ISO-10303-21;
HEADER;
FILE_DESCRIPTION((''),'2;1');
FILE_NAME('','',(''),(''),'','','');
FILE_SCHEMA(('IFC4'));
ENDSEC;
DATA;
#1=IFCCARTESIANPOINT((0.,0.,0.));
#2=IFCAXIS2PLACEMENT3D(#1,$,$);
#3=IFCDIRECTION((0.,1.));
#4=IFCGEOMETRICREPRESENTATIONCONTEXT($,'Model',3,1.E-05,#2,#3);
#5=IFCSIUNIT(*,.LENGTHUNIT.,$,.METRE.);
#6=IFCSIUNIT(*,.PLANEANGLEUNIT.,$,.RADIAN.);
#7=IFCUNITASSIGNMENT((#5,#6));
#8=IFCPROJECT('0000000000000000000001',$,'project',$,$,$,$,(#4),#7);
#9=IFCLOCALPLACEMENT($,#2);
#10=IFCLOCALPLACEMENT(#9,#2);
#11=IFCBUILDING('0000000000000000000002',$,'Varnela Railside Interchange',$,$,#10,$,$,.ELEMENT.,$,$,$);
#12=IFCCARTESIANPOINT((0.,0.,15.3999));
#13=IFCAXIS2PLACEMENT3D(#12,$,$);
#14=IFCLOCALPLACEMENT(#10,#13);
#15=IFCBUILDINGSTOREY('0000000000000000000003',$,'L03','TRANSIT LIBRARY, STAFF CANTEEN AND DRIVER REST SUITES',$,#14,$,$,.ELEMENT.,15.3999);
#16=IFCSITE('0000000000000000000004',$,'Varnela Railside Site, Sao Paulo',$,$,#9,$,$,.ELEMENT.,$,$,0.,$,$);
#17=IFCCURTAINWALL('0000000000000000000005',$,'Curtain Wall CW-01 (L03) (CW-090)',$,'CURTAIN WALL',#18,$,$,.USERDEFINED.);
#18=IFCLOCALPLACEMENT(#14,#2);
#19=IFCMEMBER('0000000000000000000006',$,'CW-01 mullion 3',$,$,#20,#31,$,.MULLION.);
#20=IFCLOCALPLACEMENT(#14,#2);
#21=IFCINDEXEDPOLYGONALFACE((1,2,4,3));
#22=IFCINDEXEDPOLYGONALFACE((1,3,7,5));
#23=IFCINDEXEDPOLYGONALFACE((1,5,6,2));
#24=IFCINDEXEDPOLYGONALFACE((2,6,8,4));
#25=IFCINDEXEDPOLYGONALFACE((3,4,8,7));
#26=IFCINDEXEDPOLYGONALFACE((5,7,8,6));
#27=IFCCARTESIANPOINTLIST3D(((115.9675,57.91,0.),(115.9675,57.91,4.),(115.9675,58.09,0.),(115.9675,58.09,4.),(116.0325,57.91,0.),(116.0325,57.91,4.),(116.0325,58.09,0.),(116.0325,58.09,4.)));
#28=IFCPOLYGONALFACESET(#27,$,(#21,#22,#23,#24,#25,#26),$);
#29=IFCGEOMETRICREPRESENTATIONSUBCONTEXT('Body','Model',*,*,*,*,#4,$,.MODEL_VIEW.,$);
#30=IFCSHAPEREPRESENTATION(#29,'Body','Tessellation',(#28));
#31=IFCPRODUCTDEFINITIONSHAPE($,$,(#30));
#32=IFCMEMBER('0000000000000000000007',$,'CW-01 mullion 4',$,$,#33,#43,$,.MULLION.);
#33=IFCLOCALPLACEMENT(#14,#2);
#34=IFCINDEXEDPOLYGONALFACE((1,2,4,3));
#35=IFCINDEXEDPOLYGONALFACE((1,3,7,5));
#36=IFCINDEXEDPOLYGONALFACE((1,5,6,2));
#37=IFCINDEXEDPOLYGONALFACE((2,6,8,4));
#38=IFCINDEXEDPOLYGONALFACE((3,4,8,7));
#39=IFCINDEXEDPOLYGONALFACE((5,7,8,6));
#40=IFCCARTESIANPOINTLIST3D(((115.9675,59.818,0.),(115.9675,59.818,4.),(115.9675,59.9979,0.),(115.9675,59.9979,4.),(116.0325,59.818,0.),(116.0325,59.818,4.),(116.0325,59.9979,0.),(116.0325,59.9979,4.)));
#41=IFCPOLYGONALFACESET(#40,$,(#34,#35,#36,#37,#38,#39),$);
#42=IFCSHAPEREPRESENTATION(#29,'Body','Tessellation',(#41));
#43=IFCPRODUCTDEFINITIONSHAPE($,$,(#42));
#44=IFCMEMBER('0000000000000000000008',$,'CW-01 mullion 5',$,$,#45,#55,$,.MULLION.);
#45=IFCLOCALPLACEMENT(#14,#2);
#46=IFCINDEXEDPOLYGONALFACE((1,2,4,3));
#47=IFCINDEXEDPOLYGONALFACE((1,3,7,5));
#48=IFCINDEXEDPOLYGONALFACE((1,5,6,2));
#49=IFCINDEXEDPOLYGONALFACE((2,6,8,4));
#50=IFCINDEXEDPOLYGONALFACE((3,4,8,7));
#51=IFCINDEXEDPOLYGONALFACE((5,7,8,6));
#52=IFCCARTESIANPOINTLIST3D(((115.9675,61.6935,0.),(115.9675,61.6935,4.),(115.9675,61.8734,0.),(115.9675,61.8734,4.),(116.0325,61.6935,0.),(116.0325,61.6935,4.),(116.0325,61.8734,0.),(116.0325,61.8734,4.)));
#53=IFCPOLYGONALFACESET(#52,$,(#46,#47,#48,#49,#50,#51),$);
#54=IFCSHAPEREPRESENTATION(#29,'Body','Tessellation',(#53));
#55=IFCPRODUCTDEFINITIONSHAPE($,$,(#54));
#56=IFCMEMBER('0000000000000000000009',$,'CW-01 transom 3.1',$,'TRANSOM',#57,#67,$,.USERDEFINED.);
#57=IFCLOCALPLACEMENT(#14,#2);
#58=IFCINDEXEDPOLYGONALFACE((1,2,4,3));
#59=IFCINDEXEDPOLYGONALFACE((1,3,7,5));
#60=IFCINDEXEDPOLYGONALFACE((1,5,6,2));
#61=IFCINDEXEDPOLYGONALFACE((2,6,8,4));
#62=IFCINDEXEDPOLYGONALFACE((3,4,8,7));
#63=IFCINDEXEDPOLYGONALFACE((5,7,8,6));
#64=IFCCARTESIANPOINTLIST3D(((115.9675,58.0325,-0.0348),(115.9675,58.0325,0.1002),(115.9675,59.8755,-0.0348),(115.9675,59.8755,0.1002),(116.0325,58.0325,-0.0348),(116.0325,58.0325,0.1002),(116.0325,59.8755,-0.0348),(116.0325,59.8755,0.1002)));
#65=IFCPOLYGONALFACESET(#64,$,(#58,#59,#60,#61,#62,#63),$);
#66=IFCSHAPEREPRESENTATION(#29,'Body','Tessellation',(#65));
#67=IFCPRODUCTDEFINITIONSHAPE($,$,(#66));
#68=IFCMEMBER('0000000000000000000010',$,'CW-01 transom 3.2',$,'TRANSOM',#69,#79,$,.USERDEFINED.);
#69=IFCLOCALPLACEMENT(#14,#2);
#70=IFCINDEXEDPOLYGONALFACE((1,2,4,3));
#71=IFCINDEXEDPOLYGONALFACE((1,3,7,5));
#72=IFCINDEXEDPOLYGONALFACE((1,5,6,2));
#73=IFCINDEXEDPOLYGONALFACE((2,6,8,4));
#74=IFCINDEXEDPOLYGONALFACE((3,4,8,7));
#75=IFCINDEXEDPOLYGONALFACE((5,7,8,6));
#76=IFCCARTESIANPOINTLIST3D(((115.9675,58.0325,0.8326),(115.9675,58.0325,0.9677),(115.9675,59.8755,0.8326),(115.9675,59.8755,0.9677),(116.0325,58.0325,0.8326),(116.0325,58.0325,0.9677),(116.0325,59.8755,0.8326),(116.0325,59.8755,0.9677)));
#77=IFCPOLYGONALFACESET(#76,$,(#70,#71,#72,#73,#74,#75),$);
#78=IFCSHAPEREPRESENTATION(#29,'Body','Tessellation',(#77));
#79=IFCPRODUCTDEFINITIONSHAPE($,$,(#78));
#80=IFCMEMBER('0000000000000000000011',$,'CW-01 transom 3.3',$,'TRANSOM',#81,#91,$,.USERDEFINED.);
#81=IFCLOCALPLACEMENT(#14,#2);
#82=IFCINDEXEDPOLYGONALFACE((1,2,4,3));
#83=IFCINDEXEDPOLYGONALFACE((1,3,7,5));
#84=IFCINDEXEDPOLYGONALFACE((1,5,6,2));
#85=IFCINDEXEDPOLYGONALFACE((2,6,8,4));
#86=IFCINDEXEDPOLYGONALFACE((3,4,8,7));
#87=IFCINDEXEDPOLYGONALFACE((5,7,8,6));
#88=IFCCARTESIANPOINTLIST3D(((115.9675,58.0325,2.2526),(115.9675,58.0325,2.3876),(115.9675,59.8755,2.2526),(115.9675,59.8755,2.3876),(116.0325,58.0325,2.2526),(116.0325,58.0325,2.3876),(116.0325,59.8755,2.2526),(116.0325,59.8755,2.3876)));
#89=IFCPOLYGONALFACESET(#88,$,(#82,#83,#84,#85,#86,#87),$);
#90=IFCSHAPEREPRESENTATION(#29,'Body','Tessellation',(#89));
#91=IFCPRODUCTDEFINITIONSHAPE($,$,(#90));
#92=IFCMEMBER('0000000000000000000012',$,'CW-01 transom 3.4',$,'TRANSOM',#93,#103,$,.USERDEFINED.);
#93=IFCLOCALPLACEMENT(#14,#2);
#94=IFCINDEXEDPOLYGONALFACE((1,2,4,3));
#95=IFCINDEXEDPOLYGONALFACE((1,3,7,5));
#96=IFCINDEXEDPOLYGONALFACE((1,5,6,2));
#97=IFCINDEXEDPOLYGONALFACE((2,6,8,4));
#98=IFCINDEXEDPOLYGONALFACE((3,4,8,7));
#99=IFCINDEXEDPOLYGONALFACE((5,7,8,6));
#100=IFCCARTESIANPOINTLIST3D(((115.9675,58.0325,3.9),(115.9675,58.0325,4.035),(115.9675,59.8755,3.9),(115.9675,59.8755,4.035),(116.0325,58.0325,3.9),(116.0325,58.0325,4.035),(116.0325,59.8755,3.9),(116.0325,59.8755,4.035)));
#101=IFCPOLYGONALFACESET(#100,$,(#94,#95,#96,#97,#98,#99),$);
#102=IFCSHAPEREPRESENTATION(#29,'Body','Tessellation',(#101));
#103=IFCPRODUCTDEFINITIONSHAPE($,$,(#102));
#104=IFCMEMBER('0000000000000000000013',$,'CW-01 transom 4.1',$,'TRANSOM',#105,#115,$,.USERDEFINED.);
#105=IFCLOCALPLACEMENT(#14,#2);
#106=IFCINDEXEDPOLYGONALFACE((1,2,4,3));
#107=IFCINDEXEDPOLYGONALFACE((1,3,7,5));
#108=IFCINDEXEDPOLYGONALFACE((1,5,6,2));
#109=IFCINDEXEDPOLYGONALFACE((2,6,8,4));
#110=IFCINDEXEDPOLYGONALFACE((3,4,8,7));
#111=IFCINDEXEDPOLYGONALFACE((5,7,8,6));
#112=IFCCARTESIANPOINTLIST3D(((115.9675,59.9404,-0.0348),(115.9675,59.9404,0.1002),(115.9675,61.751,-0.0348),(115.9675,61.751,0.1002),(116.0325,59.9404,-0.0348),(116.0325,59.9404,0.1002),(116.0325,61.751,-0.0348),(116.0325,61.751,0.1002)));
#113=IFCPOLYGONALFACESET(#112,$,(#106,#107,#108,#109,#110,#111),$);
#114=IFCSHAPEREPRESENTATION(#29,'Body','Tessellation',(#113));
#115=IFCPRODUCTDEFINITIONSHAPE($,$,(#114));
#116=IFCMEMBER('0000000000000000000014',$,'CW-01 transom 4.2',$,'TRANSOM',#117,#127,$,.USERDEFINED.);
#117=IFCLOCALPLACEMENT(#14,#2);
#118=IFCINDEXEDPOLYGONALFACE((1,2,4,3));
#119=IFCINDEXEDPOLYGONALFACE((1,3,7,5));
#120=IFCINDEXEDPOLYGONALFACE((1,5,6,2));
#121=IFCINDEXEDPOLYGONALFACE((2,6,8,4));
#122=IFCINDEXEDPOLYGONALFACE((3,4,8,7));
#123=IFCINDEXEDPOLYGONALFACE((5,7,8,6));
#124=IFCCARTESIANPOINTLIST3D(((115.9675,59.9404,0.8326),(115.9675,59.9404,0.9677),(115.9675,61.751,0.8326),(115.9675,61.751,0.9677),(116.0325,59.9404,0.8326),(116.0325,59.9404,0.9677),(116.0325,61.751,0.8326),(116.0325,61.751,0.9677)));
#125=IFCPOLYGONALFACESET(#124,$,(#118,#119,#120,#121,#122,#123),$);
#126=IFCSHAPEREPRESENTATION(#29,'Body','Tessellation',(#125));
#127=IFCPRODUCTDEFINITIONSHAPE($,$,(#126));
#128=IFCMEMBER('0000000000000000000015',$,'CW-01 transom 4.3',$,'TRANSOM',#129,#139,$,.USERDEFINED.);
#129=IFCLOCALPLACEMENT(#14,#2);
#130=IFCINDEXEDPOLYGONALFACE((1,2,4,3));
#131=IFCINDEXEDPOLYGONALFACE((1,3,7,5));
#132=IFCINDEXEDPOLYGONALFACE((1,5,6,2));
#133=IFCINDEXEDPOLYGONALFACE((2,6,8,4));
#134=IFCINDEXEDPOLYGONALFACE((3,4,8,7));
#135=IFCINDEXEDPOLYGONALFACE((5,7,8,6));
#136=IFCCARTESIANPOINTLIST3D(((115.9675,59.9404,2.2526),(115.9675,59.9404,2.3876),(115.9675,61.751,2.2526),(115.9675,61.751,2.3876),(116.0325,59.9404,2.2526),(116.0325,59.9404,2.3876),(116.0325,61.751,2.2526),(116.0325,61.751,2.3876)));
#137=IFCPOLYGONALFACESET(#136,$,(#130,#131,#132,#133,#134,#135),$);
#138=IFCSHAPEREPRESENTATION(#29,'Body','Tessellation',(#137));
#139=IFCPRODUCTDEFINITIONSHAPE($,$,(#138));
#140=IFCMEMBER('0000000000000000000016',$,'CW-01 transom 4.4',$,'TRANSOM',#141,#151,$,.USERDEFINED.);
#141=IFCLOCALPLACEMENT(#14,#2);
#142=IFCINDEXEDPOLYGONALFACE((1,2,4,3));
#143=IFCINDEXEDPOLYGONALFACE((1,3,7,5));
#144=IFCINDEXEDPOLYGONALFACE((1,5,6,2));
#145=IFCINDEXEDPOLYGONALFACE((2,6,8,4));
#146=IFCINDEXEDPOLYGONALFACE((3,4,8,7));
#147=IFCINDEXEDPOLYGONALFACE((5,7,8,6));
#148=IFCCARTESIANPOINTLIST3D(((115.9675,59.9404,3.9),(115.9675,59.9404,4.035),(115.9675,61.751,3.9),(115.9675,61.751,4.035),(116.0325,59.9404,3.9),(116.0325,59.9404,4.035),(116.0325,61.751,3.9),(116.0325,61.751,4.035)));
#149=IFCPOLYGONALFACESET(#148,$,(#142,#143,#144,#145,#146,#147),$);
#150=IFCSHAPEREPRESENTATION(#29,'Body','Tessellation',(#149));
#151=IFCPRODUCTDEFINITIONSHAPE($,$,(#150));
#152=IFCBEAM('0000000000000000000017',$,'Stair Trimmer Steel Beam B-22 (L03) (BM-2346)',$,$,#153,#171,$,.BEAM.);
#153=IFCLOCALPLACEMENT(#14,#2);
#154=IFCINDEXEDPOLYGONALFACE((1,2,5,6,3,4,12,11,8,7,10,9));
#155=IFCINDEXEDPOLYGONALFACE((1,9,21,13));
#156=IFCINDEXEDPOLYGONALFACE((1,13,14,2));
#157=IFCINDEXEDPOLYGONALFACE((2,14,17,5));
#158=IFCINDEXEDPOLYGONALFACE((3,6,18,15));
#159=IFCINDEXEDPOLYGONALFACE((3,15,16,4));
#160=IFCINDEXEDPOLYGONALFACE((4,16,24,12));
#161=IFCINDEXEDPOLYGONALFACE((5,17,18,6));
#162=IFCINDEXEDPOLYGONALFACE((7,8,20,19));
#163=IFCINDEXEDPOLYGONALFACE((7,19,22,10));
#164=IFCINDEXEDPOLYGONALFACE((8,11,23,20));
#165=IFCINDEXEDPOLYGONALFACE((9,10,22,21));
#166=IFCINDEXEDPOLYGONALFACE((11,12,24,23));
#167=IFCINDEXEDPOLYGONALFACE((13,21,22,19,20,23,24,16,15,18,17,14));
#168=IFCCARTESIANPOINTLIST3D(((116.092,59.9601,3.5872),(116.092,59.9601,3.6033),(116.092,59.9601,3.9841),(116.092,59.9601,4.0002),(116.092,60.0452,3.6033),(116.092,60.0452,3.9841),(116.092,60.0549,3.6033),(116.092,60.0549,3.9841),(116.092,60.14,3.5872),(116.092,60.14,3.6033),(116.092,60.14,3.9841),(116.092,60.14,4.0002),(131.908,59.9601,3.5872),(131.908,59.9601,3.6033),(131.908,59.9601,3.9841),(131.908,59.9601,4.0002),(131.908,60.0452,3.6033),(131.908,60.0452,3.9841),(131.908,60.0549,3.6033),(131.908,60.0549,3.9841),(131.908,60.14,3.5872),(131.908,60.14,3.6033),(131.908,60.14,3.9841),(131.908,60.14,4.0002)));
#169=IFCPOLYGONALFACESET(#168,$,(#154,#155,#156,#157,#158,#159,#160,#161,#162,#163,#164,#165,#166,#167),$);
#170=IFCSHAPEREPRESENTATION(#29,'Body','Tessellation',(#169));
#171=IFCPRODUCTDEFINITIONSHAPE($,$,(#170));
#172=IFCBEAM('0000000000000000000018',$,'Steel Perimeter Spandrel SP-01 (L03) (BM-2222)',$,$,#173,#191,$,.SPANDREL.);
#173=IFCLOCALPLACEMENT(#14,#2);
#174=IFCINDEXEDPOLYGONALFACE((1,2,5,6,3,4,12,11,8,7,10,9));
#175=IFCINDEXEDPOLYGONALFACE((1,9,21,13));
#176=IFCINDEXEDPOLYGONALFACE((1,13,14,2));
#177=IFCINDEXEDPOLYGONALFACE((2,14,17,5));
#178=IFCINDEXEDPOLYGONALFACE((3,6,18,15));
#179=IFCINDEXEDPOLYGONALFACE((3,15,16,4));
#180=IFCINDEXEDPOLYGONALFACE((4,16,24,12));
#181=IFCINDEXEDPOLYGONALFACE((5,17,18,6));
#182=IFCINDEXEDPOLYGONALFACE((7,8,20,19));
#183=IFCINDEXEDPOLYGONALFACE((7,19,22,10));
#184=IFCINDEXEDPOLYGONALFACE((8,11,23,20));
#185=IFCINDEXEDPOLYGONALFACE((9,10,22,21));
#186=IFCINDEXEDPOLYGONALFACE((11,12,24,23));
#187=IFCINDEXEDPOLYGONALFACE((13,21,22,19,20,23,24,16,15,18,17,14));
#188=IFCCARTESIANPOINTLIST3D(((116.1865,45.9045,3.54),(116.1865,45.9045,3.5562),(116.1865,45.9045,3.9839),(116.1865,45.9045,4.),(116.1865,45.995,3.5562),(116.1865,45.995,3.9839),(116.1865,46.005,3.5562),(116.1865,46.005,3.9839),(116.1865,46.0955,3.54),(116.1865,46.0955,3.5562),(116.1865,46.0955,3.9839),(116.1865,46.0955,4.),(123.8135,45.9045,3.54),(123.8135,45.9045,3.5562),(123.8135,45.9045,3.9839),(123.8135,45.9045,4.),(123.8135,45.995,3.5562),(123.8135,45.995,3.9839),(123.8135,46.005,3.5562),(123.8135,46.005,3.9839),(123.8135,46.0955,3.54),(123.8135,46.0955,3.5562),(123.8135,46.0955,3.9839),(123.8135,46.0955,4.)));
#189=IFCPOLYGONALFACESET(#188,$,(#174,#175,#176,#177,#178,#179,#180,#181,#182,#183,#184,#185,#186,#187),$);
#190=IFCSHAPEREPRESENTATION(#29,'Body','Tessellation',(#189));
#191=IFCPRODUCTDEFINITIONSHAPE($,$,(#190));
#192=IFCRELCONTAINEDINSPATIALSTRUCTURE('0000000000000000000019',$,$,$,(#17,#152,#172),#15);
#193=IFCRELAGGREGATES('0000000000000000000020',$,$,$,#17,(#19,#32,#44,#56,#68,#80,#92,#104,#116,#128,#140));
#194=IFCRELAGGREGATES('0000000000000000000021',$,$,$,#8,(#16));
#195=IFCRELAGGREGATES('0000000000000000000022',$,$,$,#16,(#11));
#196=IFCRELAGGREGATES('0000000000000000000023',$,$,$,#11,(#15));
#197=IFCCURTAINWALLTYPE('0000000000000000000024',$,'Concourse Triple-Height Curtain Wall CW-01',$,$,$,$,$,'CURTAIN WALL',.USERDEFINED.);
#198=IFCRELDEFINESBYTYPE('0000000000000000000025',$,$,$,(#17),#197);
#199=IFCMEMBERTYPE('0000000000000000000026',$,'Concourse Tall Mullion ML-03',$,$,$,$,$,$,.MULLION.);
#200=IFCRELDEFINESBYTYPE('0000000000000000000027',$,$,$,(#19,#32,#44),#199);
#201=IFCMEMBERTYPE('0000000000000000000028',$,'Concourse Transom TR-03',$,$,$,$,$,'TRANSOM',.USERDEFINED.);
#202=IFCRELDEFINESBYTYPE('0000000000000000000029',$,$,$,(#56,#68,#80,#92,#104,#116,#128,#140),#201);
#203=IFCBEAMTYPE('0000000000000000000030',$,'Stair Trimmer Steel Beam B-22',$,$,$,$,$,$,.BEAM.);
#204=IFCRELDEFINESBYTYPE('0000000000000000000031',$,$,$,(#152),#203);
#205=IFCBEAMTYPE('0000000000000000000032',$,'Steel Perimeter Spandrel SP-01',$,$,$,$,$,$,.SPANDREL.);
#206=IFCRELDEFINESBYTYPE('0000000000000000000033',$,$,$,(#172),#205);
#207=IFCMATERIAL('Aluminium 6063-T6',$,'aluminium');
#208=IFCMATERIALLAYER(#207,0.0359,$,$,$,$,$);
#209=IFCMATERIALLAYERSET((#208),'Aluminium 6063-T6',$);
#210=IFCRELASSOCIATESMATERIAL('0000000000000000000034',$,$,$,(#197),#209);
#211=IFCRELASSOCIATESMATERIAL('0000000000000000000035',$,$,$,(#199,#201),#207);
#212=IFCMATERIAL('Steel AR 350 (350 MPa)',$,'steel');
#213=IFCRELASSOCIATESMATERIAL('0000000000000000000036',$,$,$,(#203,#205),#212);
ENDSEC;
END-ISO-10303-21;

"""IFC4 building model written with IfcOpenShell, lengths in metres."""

from ifc_helpers import new_model, si_unit, direction, frame, origin, origin_2d, place, context, subcontext, project, spatial, rectangle, i_section, extrude, material, layer, layer_set, material_profile, profile_set, type_object, element, aggregate, save


model = new_model("IFC4")

# Units and contexts
model_context = context("Model", 3, precision=1e-05, world=origin(), true_north=direction((0.0, 1.0)))
body_context = subcontext(model_context, "Body", "Model", "MODEL_VIEW")
ifc_project = project(units=[si_unit("LENGTHUNIT", "METRE"), si_unit("PLANEANGLEUNIT", "RADIAN")], contexts=[model_context])

# Site, building, storey
site_placement = place(None, origin())
site = spatial("IfcSite", under=ifc_project, at=site_placement, Name="Varnela Railside Site, Sao Paulo", CompositionType="ELEMENT", RefElevation=0.0)
building_placement = place(site_placement, origin())
building = spatial("IfcBuilding", under=site, at=building_placement, Name="Varnela Railside Interchange", CompositionType="ELEMENT")
storey_placement = place(building_placement, frame((0.0, 0.0, 15.3999)))
storey = spatial("IfcBuildingStorey", under=building, at=storey_placement, Name="L03", Description="TRANSIT LIBRARY, STAFF CANTEEN AND DRIVER REST SUITES", CompositionType="ELEMENT", Elevation=15.3999)

# Curtain wall, members
ifc_material_1 = material(Name="Aluminium 6063-T6", Category="aluminium")
ifc_layer_1 = layer(ifc_material_1, 0.0359)
ifc_layer_set_1 = layer_set([ifc_layer_1], Name="Aluminium 6063-T6")
curtain_wall_type = type_object("IfcCurtainWallType", Name="Concourse Triple-Height Curtain Wall CW-01", ElementType="CURTAIN WALL", PredefinedType="USERDEFINED", material=ifc_layer_set_1)
curtain_wall_placement = place(storey_placement, origin())
curtain_wall = element("IfcCurtainWall", 1, at=curtain_wall_placement, inside=storey, type_object=curtain_wall_type, Name="Curtain Wall CW-01 (L03) (CW-090)", ObjectType="CURTAIN WALL", PredefinedType="USERDEFINED")
ifc_material_profile_1 = material_profile(ifc_material_1, rectangle(XDim=0.0649, YDim=0.1799, at=origin_2d()), Name="ALU 65x180")
ifc_profile_set_1 = profile_set([ifc_material_profile_1], Name="Aluminium 6063-T6")
member_type_1 = type_object("IfcMemberType", Name="Concourse Tall Mullion ML-03", PredefinedType="MULLION", material=ifc_profile_set_1)
member_1_placement = place(storey_placement, frame((116.0, 58.0, 0.0), z_axis=(0.0, 0.0, 1.0), x_axis=(-1.0, 0.0, 0.0)))
member_1 = element("IfcMember", 2, at=member_1_placement, type_object=member_type_1, Name="CW-01 mullion 3", PredefinedType="MULLION", context=body_context, shape_type="SweptSolid", body=[
    extrude(rectangle(XDim=0.0649, YDim=0.1799, at=origin_2d()), origin(), (0.0, 0.0, 1.0), 4.0),
])
member_2_placement = place(storey_placement, frame((116.0, 59.908, 0.0), z_axis=(0.0, 0.0, 1.0), x_axis=(-1.0, 0.0, 0.0)))
member_2 = element("IfcMember", 3, at=member_2_placement, type_object=member_type_1, Name="CW-01 mullion 4", PredefinedType="MULLION", context=body_context, shape_type="SweptSolid", body=[
    extrude(rectangle(XDim=0.0649, YDim=0.1799, at=origin_2d()), origin(), (0.0, 0.0, 1.0), 4.0),
])
member_3_placement = place(storey_placement, frame((116.0, 61.7834, 0.0), z_axis=(0.0, 0.0, 1.0), x_axis=(-1.0, 0.0, 0.0)))
member_3 = element("IfcMember", 4, at=member_3_placement, type_object=member_type_1, Name="CW-01 mullion 5", PredefinedType="MULLION", context=body_context, shape_type="SweptSolid", body=[
    extrude(rectangle(XDim=0.0649, YDim=0.1799, at=origin_2d()), origin(), (0.0, 0.0, 1.0), 4.0),
])
ifc_material_profile_2 = material_profile(ifc_material_1, rectangle(XDim=0.0649, YDim=0.135, at=origin_2d()), Name="ALU 65x135")
ifc_profile_set_2 = profile_set([ifc_material_profile_2], Name="Aluminium 6063-T6")
member_type_2 = type_object("IfcMemberType", Name="Concourse Transom TR-03", ElementType="TRANSOM", PredefinedType="USERDEFINED", material=ifc_profile_set_2)
member_4_placement = place(storey_placement, frame((116.0, 58.0325, 0.0327), z_axis=(0.0, 1.0, 0.0), x_axis=(-1.0, 0.0, 0.0)))
member_4 = element("IfcMember", 5, at=member_4_placement, type_object=member_type_2, Name="CW-01 transom 3.1", ObjectType="TRANSOM", PredefinedType="USERDEFINED", context=body_context, shape_type="SweptSolid", body=[
    extrude(rectangle(XDim=0.0649, YDim=0.135, at=origin_2d()), origin(), (0.0, 0.0, 1.0), 1.843),
])
member_5_placement = place(storey_placement, frame((116.0, 58.0325, 0.9001), z_axis=(0.0, 1.0, 0.0), x_axis=(-1.0, 0.0, 0.0)))
member_5 = element("IfcMember", 6, at=member_5_placement, type_object=member_type_2, Name="CW-01 transom 3.2", ObjectType="TRANSOM", PredefinedType="USERDEFINED", context=body_context, shape_type="SweptSolid", body=[
    extrude(rectangle(XDim=0.0649, YDim=0.135, at=origin_2d()), origin(), (0.0, 0.0, 1.0), 1.843),
])
member_6_placement = place(storey_placement, frame((116.0, 58.0325, 2.3201), z_axis=(0.0, 1.0, 0.0), x_axis=(-1.0, 0.0, 0.0)))
member_6 = element("IfcMember", 7, at=member_6_placement, type_object=member_type_2, Name="CW-01 transom 3.3", ObjectType="TRANSOM", PredefinedType="USERDEFINED", context=body_context, shape_type="SweptSolid", body=[
    extrude(rectangle(XDim=0.0649, YDim=0.135, at=origin_2d()), origin(), (0.0, 0.0, 1.0), 1.843),
])
member_7_placement = place(storey_placement, frame((116.0, 58.0325, 3.9675), z_axis=(0.0, 1.0, 0.0), x_axis=(-1.0, 0.0, 0.0)))
member_7 = element("IfcMember", 8, at=member_7_placement, type_object=member_type_2, Name="CW-01 transom 3.4", ObjectType="TRANSOM", PredefinedType="USERDEFINED", context=body_context, shape_type="SweptSolid", body=[
    extrude(rectangle(XDim=0.0649, YDim=0.135, at=origin_2d()), origin(), (0.0, 0.0, 1.0), 1.843),
])
member_8_placement = place(storey_placement, frame((116.0, 59.9404, 0.0327), z_axis=(0.0, 1.0, 0.0), x_axis=(-1.0, 0.0, 0.0)))
member_8 = element("IfcMember", 9, at=member_8_placement, type_object=member_type_2, Name="CW-01 transom 4.1", ObjectType="TRANSOM", PredefinedType="USERDEFINED", context=body_context, shape_type="SweptSolid", body=[
    extrude(rectangle(XDim=0.0649, YDim=0.135, at=origin_2d()), origin(), (0.0, 0.0, 1.0), 1.8105),
])
member_9_placement = place(storey_placement, frame((116.0, 59.9404, 0.9001), z_axis=(0.0, 1.0, 0.0), x_axis=(-1.0, 0.0, 0.0)))
member_9 = element("IfcMember", 10, at=member_9_placement, type_object=member_type_2, Name="CW-01 transom 4.2", ObjectType="TRANSOM", PredefinedType="USERDEFINED", context=body_context, shape_type="SweptSolid", body=[
    extrude(rectangle(XDim=0.0649, YDim=0.135, at=origin_2d()), origin(), (0.0, 0.0, 1.0), 1.8105),
])
member_10_placement = place(storey_placement, frame((116.0, 59.9404, 2.3201), z_axis=(0.0, 1.0, 0.0), x_axis=(-1.0, 0.0, 0.0)))
member_10 = element("IfcMember", 11, at=member_10_placement, type_object=member_type_2, Name="CW-01 transom 4.3", ObjectType="TRANSOM", PredefinedType="USERDEFINED", context=body_context, shape_type="SweptSolid", body=[
    extrude(rectangle(XDim=0.0649, YDim=0.135, at=origin_2d()), origin(), (0.0, 0.0, 1.0), 1.8105),
])
member_11_placement = place(storey_placement, frame((116.0, 59.9404, 3.9675), z_axis=(0.0, 1.0, 0.0), x_axis=(-1.0, 0.0, 0.0)))
member_11 = element("IfcMember", 12, at=member_11_placement, type_object=member_type_2, Name="CW-01 transom 4.4", ObjectType="TRANSOM", PredefinedType="USERDEFINED", context=body_context, shape_type="SweptSolid", body=[
    extrude(rectangle(XDim=0.0649, YDim=0.135, at=origin_2d()), origin(), (0.0, 0.0, 1.0), 1.8105),
])

# Beams
ifc_material_2 = material(Name="Steel AR 350 (350 MPa)", Category="steel")
ifc_material_profile_3 = material_profile(ifc_material_2, i_section(OverallWidth=0.1799, OverallDepth=0.4131, WebThickness=0.0098, FlangeThickness=0.0161, at=origin_2d()), Name="W410x75")
ifc_profile_set_3 = profile_set([ifc_material_profile_3], Name="Steel AR 350 (350 MPa)")
beam_type_1 = type_object("IfcBeamType", Name="Stair Trimmer Steel Beam B-22", PredefinedType="BEAM", material=ifc_profile_set_3)
beam_placement = place(storey_placement, frame((116.092, 60.05, 3.7937), z_axis=(1.0, 0.0, 0.0), x_axis=(0.0, 1.0, 0.0)))
element("IfcBeam", 13, at=beam_placement, inside=storey, type_object=beam_type_1, Name="Stair Trimmer Steel Beam B-22 (L03) (BM-2346)", PredefinedType="BEAM", context=body_context, shape_type="SweptSolid", body=[
    extrude(i_section(OverallWidth=0.1799, OverallDepth=0.4131, WebThickness=0.0098, FlangeThickness=0.0161, at=origin_2d()), origin(), (0.0, 0.0, 1.0), 15.8159),
])
ifc_material_profile_4 = material_profile(ifc_material_2, i_section(OverallWidth=0.1909, OverallDepth=0.46, WebThickness=0.01, FlangeThickness=0.0161, at=origin_2d()), Name="W460x82")
ifc_profile_set_4 = profile_set([ifc_material_profile_4], Name="Steel AR 350 (350 MPa)")
beam_type_2 = type_object("IfcBeamType", Name="Steel Perimeter Spandrel SP-01", PredefinedType="SPANDREL", material=ifc_profile_set_4)
for number, where, z_axis, x_axis, name in (
    (14, (116.1865, 46.0, 3.77), (1.0, 0.0, 0.0), (0.0, 1.0, 0.0), "Steel Perimeter Spandrel SP-01 (L03) (BM-2222)"),
):
    element("IfcBeam", number, at=place(storey_placement, frame(where, z_axis=z_axis, x_axis=x_axis)), inside=storey, type_object=beam_type_2, Name=name, PredefinedType="SPANDREL", context=body_context, shape_type="SweptSolid", body=[
        extrude(i_section(OverallWidth=0.1909, OverallDepth=0.46, WebThickness=0.01, FlangeThickness=0.0161, at=origin_2d()), origin(), (0.0, 0.0, 1.0), 7.627),
    ])

aggregate(curtain_wall, [member_1, member_2, member_3, member_4, member_5, member_6, member_7, member_8, member_9, member_10, member_11])

save(model, "model.ifc")
